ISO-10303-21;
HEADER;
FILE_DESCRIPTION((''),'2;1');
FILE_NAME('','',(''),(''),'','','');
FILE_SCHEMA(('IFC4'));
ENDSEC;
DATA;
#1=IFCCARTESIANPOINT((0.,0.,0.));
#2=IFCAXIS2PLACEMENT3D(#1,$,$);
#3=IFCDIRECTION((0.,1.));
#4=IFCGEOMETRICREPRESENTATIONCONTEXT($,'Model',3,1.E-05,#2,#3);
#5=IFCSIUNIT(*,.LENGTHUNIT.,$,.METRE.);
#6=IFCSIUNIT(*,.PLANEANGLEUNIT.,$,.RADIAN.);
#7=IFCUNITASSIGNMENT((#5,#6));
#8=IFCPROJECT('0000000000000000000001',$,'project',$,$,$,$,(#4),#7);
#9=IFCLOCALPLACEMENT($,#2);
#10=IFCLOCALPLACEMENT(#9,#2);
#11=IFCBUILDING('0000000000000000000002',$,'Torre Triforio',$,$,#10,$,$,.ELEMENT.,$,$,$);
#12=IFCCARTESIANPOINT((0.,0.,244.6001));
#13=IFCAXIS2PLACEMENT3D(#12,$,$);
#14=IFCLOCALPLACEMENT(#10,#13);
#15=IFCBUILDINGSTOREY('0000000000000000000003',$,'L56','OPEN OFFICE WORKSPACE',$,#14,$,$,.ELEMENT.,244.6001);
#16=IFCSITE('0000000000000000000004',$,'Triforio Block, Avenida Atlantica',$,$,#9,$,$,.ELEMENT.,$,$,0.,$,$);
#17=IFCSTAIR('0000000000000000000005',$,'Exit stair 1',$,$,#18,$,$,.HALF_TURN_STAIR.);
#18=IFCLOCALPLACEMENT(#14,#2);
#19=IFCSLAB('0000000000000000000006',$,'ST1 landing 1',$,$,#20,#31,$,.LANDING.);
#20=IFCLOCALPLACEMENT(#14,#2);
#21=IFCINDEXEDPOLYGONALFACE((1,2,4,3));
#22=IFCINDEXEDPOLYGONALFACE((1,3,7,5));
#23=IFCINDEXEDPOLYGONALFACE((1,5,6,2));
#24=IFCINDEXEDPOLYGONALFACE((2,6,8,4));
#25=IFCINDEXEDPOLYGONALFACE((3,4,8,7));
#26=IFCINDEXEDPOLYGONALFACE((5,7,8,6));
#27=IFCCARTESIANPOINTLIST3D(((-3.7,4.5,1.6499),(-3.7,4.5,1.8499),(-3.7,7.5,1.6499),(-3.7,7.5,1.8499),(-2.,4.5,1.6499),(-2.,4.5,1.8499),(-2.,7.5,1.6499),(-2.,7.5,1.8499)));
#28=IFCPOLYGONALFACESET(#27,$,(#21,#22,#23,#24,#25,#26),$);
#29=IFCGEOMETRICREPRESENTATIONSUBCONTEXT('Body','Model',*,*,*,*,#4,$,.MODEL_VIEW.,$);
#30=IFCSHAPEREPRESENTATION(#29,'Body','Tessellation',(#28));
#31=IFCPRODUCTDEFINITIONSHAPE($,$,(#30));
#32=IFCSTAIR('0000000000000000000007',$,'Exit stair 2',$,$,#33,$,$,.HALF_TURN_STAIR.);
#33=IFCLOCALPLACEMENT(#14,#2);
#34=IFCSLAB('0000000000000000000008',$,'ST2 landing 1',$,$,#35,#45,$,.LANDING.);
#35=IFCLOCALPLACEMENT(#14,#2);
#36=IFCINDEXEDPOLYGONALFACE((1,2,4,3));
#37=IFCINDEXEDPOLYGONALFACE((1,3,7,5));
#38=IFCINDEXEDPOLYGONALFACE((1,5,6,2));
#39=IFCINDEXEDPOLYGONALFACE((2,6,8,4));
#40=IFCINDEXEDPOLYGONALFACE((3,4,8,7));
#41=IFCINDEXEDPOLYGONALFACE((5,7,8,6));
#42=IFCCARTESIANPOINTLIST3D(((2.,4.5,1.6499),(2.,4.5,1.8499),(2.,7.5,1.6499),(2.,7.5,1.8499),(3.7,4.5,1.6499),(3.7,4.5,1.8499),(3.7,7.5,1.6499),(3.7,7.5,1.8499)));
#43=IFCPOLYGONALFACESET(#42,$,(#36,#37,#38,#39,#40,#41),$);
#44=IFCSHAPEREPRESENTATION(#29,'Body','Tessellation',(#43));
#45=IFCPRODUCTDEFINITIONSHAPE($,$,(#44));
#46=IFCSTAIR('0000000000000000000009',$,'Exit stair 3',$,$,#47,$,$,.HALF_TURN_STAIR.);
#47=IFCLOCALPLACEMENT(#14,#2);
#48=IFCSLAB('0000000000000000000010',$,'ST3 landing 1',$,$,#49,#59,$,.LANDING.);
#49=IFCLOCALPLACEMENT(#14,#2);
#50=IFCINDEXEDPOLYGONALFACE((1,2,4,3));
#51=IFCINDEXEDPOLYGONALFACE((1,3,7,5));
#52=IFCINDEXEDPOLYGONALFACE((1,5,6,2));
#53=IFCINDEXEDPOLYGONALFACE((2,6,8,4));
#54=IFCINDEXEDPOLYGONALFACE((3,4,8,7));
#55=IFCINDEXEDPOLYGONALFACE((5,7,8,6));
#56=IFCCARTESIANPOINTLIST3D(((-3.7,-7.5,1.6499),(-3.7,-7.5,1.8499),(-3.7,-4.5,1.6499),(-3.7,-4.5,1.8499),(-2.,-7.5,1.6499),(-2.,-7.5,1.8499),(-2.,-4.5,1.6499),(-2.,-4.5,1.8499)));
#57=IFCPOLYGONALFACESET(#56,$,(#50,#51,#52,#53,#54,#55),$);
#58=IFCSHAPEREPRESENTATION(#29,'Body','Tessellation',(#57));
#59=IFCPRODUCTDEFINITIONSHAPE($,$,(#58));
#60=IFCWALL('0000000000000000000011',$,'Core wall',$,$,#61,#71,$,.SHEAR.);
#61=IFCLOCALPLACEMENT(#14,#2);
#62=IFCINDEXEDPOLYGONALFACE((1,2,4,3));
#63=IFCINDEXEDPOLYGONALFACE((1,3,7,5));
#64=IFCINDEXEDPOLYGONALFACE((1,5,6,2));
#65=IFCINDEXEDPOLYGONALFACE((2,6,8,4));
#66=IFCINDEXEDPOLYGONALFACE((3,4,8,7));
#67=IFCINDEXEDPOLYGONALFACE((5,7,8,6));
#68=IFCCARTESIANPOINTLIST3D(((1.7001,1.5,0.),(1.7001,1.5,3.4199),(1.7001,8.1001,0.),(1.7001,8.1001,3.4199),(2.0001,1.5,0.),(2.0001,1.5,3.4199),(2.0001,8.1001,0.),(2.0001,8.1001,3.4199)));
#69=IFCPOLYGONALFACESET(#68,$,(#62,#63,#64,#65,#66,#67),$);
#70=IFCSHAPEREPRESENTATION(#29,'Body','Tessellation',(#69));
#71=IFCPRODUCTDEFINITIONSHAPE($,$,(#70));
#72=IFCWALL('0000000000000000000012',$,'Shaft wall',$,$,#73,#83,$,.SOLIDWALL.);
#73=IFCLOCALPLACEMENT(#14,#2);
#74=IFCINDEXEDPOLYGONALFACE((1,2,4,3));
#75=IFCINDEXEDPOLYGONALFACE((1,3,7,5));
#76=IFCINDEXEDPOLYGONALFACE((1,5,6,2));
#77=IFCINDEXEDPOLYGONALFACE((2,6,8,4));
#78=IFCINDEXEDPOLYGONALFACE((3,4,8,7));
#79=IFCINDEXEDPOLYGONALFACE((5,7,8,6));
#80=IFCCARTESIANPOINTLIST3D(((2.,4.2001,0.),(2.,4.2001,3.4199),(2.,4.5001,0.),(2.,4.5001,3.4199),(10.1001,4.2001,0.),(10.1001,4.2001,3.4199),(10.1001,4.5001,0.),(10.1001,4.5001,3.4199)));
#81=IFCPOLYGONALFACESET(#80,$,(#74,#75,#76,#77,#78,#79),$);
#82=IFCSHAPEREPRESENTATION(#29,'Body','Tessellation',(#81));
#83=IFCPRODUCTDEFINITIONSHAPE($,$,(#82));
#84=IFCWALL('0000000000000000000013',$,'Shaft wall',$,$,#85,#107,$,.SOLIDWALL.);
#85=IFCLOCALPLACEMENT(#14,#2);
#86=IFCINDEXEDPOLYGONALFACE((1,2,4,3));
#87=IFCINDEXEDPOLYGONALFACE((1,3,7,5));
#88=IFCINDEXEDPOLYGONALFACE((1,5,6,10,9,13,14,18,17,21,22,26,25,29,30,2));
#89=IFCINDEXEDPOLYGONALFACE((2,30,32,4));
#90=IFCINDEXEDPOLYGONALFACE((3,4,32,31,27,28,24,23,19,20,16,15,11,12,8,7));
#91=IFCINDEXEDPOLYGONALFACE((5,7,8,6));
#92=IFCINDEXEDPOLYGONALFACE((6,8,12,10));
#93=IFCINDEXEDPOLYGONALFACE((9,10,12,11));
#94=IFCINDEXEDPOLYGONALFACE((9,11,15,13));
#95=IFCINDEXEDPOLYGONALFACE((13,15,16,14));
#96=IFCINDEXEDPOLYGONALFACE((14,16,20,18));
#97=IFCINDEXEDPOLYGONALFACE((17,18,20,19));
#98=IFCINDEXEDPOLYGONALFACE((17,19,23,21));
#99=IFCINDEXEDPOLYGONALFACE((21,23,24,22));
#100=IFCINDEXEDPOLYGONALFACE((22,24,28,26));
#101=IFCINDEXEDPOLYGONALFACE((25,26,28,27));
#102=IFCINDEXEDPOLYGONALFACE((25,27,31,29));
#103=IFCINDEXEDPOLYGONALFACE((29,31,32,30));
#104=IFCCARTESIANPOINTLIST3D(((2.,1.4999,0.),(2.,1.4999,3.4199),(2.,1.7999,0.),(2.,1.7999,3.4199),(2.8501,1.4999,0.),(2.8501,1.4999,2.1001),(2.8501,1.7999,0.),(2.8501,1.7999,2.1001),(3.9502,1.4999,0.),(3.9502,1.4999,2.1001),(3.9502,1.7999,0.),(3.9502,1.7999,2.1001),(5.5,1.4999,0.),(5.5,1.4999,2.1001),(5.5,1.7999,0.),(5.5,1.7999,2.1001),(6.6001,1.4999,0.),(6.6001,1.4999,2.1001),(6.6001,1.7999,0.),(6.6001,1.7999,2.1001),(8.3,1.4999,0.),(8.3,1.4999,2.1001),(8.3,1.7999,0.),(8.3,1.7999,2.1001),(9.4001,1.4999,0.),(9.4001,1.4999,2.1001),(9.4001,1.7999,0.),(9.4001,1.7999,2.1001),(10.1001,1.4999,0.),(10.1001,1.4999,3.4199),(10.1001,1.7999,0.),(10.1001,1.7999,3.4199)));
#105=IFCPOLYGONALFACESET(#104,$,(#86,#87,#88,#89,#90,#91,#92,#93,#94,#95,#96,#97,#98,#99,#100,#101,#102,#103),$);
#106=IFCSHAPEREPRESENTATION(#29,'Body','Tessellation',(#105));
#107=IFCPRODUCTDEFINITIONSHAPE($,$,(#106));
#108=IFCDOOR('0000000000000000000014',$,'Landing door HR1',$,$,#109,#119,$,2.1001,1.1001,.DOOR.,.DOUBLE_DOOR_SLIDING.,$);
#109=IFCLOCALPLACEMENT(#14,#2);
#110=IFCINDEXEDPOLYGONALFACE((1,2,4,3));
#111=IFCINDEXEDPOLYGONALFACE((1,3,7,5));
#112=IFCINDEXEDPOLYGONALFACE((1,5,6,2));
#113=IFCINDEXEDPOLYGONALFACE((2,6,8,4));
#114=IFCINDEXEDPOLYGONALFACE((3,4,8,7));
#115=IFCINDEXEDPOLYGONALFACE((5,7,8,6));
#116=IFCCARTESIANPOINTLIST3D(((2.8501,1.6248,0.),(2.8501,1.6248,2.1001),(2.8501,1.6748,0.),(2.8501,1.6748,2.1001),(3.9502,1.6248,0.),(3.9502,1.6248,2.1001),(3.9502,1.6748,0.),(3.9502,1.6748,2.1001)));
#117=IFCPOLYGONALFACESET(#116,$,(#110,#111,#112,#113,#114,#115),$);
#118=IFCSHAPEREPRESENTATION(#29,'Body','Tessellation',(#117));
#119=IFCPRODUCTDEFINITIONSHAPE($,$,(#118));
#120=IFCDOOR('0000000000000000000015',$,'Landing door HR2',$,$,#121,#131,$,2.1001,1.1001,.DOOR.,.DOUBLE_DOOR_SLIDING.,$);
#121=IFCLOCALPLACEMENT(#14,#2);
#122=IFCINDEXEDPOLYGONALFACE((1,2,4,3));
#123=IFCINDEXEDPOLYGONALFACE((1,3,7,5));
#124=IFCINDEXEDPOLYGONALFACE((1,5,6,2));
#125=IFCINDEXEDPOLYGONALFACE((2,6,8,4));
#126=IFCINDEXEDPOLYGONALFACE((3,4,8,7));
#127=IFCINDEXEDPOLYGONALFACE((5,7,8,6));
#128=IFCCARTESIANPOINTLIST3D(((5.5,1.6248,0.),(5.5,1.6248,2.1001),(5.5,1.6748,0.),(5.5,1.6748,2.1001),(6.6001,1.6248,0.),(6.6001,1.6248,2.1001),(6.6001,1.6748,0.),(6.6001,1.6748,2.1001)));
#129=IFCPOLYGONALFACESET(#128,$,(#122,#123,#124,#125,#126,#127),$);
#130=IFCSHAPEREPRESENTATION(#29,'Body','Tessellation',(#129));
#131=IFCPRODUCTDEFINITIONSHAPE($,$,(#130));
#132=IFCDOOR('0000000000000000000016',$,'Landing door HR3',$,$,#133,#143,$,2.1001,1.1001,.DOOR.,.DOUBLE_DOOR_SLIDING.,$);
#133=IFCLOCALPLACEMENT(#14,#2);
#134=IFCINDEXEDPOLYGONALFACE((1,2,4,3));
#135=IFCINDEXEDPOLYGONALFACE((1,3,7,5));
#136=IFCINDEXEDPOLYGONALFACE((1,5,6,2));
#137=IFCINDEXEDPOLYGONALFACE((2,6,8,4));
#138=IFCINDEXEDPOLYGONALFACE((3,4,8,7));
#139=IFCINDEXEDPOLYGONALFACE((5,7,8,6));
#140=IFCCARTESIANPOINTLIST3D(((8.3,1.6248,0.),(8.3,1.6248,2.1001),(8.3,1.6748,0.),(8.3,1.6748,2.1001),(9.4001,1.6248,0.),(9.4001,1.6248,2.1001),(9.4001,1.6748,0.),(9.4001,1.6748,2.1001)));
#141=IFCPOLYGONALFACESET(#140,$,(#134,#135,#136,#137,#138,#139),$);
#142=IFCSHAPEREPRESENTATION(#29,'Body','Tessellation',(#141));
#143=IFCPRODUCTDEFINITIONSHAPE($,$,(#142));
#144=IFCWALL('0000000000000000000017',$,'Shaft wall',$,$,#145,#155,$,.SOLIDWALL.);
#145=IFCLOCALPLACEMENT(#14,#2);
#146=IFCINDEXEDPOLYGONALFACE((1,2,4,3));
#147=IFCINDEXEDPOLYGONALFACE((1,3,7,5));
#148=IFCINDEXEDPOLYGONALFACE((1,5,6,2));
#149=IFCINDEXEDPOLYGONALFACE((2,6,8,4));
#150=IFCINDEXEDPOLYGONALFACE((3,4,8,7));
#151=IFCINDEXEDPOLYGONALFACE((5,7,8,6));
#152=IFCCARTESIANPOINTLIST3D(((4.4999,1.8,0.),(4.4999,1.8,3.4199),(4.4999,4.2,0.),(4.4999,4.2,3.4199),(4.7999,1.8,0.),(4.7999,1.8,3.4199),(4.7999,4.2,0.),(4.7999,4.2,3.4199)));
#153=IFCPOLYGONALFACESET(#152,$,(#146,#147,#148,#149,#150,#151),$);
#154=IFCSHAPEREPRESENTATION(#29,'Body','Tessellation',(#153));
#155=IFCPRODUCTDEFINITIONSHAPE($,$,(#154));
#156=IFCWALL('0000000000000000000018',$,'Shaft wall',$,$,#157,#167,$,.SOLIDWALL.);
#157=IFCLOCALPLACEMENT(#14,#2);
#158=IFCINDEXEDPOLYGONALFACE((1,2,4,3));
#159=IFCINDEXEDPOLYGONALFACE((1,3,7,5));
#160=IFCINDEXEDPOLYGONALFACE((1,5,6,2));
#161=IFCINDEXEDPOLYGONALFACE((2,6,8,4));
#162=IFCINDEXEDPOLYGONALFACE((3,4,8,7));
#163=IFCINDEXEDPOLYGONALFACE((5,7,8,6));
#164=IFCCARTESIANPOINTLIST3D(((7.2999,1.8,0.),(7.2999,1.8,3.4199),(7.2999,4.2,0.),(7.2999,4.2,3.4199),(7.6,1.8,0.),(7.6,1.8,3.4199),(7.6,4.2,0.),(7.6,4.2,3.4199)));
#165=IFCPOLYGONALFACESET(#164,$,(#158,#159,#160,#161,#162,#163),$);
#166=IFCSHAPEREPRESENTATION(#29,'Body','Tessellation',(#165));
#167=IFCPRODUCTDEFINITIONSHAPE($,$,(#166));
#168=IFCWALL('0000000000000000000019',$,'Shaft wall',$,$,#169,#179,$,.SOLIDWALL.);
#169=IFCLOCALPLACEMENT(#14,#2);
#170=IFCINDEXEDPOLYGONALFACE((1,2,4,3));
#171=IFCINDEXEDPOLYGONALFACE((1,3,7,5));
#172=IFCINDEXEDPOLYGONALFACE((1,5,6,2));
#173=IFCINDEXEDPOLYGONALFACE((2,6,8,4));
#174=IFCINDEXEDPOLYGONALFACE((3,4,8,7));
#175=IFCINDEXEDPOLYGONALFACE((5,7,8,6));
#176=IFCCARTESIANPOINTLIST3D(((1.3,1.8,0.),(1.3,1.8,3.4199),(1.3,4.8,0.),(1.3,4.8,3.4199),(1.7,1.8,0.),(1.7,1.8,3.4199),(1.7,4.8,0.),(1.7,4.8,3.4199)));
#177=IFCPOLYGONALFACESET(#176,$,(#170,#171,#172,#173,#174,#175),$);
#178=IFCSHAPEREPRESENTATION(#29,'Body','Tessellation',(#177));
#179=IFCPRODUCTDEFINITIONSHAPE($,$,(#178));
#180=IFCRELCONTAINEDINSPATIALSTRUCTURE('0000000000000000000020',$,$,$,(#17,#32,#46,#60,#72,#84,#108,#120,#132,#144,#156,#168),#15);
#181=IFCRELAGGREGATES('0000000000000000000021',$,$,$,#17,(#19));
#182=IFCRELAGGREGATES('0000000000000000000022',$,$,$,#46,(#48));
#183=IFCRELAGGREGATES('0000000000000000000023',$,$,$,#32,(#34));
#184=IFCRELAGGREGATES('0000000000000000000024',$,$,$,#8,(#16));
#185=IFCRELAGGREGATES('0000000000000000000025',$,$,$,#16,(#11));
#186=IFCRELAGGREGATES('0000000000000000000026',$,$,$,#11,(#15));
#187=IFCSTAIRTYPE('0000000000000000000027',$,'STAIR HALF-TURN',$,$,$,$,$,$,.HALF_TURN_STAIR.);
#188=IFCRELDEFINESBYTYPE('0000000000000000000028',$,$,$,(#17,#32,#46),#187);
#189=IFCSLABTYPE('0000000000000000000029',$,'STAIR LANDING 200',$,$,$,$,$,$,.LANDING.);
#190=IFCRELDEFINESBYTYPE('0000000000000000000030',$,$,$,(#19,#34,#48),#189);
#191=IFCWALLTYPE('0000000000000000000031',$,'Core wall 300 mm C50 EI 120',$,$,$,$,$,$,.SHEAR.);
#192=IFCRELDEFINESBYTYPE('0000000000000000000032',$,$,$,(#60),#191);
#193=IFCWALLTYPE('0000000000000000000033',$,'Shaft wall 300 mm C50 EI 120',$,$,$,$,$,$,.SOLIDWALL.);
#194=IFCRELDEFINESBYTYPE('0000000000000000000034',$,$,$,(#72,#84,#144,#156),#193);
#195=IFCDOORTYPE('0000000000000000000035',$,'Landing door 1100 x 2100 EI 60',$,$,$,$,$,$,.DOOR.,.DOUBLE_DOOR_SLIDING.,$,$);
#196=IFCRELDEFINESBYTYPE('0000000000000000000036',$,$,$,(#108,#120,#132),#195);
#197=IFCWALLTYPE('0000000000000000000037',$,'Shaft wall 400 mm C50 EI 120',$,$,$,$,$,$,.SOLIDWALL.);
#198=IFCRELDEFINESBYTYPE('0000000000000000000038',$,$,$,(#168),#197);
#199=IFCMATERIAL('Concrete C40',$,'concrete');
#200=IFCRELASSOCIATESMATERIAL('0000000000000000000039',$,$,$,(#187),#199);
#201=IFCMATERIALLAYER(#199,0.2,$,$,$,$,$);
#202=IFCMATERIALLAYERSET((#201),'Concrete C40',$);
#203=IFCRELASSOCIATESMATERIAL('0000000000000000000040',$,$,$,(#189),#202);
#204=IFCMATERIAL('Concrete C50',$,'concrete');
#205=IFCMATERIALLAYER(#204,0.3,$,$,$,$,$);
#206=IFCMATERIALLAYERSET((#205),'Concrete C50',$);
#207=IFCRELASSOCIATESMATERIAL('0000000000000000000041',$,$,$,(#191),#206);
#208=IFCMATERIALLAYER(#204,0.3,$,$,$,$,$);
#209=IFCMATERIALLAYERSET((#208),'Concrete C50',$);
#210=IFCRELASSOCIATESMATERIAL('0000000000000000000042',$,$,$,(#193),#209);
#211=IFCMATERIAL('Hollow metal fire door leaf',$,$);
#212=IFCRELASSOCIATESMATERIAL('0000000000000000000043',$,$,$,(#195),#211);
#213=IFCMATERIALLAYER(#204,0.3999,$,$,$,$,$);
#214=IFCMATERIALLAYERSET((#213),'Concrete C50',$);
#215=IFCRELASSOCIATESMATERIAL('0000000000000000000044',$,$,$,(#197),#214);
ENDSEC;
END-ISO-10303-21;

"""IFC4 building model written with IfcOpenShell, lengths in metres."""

from ifc_helpers import new_model, si_unit, direction, frame, frame_2d, origin, place, context, subcontext, project, spatial, polyline, rectangle, outline, extrude, material, layer, layer_set, type_object, element, fill, aggregate, save


model = new_model("IFC4")

# Units and contexts
model_context = context("Model", 3, precision=1e-05, world=origin(), true_north=direction((0.0, 1.0)))
body_context = subcontext(model_context, "Body", "Model", "MODEL_VIEW")
ifc_project = project(units=[si_unit("LENGTHUNIT", "METRE"), si_unit("PLANEANGLEUNIT", "RADIAN")], contexts=[model_context])

# Site, building, storey
site_placement = place(None, origin())
site = spatial("IfcSite", under=ifc_project, at=site_placement, Name="Triforio Block, Avenida Atlantica", CompositionType="ELEMENT", RefElevation=0.0)
building_placement = place(site_placement, origin())
building = spatial("IfcBuilding", under=site, at=building_placement, Name="Torre Triforio", CompositionType="ELEMENT")
storey_placement = place(building_placement, frame((0.0, 0.0, 244.6001)))
storey = spatial("IfcBuildingStorey", under=building, at=storey_placement, Name="L56", Description="OPEN OFFICE WORKSPACE", CompositionType="ELEMENT", Elevation=244.6001)

# Stairs, slabs
ifc_material_1 = material(Name="Concrete C40", Category="concrete")
stair_type = type_object("IfcStairType", Name="STAIR HALF-TURN", PredefinedType="HALF_TURN_STAIR", material=ifc_material_1)
stair_1_placement = place(storey_placement, origin())
stair_1 = element("IfcStair", 1, at=stair_1_placement, inside=storey, type_object=stair_type, Name="Exit stair 1", PredefinedType="HALF_TURN_STAIR")
ifc_layer_1 = layer(ifc_material_1, 0.2)
ifc_layer_set_1 = layer_set([ifc_layer_1], Name="Concrete C40")
slab_type = type_object("IfcSlabType", Name="STAIR LANDING 200", PredefinedType="LANDING", material=ifc_layer_set_1)
slab_1_placement = place(storey_placement, frame((0.0, 0.0, 1.6499)))
slab_1 = element("IfcSlab", 2, at=slab_1_placement, type_object=slab_type, Name="ST1 landing 1", PredefinedType="LANDING", context=body_context, shape_type="SweptSolid", body=[
    extrude(outline(polyline([(-2.0, 4.5), (-2.0, 7.5), (-3.7, 7.5), (-3.7, 4.5), (-2.0, 4.5)])), origin(), (0.0, 0.0, 1.0), 0.2),
])
aggregate(stair_1, [slab_1])
stair_2_placement = place(storey_placement, origin())
stair_2 = element("IfcStair", 3, at=stair_2_placement, inside=storey, type_object=stair_type, Name="Exit stair 2", PredefinedType="HALF_TURN_STAIR")
slab_2_placement = place(storey_placement, frame((0.0, 0.0, 1.6499)))
slab_2 = element("IfcSlab", 4, at=slab_2_placement, type_object=slab_type, Name="ST2 landing 1", PredefinedType="LANDING", context=body_context, shape_type="SweptSolid", body=[
    extrude(outline(polyline([(3.7, 4.5), (3.7, 7.5), (2.0, 7.5), (2.0, 4.5), (3.7, 4.5)])), origin(), (0.0, 0.0, 1.0), 0.2),
])
stair_3_placement = place(storey_placement, origin())
stair_3 = element("IfcStair", 5, at=stair_3_placement, inside=storey, type_object=stair_type, Name="Exit stair 3", PredefinedType="HALF_TURN_STAIR")
slab_3_placement = place(storey_placement, frame((0.0, 0.0, 1.6499)))
slab_3 = element("IfcSlab", 6, at=slab_3_placement, type_object=slab_type, Name="ST3 landing 1", PredefinedType="LANDING", context=body_context, shape_type="SweptSolid", body=[
    extrude(outline(polyline([(-2.0, -7.5), (-2.0, -4.5), (-3.7, -4.5), (-3.7, -7.5), (-2.0, -7.5)])), origin(), (0.0, 0.0, 1.0), 0.2),
])
aggregate(stair_3, [slab_3])

# Walls
ifc_material_2 = material(Name="Concrete C50", Category="concrete")
ifc_layer_2 = layer(ifc_material_2, 0.3)
ifc_layer_set_2 = layer_set([ifc_layer_2], Name="Concrete C50")
wall_type_1 = type_object("IfcWallType", Name="Core wall 300 mm C50 EI 120", PredefinedType="SHEAR", material=ifc_layer_set_2)
wall_1_placement = place(storey_placement, frame((1.8501, 1.5, 0.0), z_axis=(0.0, 0.0, 1.0), x_axis=(0.0, 1.0, 0.0)))
element("IfcWall", 7, at=wall_1_placement, inside=storey, type_object=wall_type_1, Name="Core wall", PredefinedType="SHEAR", context=body_context, shape_type="SweptSolid", body=[
    extrude(rectangle(XDim=6.6001, YDim=0.3, at=frame_2d((3.3, 0.0))), origin(), (0.0, 0.0, 1.0), 3.4199),
])
ifc_layer_3 = layer(ifc_material_2, 0.3)
ifc_layer_set_3 = layer_set([ifc_layer_3], Name="Concrete C50")
wall_type_2 = type_object("IfcWallType", Name="Shaft wall 300 mm C50 EI 120", PredefinedType="SOLIDWALL", material=ifc_layer_set_3)
wall_2_placement = place(storey_placement, frame((2.0, 4.3501, 0.0), z_axis=(0.0, 0.0, 1.0), x_axis=(1.0, 0.0, 0.0)))
element("IfcWall", 8, at=wall_2_placement, inside=storey, type_object=wall_type_2, Name="Shaft wall", PredefinedType="SOLIDWALL", context=body_context, shape_type="SweptSolid", body=[
    extrude(rectangle(XDim=8.1001, YDim=0.3, at=frame_2d((4.05, 0.0))), origin(), (0.0, 0.0, 1.0), 3.4199),
])

# Wall, openings, doors
wall_3_placement = place(storey_placement, frame((2.0, 1.6499, 0.0), z_axis=(0.0, 0.0, 1.0), x_axis=(1.0, 0.0, 0.0)))
wall_3 = element("IfcWall", 9, at=wall_3_placement, inside=storey, type_object=wall_type_2, Name="Shaft wall", PredefinedType="SOLIDWALL", context=body_context, shape_type="SweptSolid", body=[
    extrude(rectangle(XDim=8.1001, YDim=0.3, at=frame_2d((4.05, 0.0))), origin(), (0.0, 0.0, 1.0), 3.4199),
])
opening_1_placement = place(wall_3_placement, frame((0.8501, 0.0, 0.0)))
opening_1 = element("IfcOpeningElement", 10, at=opening_1_placement, cuts=wall_3, PredefinedType="OPENING", context=body_context, shape_type="SweptSolid", body=[
    extrude(rectangle(XDim=1.1001, YDim=2.1001, at=frame_2d((0.55, 1.05))), frame((0.0, 0.1599, 0.0), z_axis=(0.0, -1.0, 0.0), x_axis=(1.0, 0.0, 0.0)), (0.0, 0.0, 1.0), 0.3201),
])
opening_2_placement = place(wall_3_placement, frame((3.5, 0.0, 0.0)))
opening_2 = element("IfcOpeningElement", 11, at=opening_2_placement, cuts=wall_3, PredefinedType="OPENING", context=body_context, shape_type="SweptSolid", body=[
    extrude(rectangle(XDim=1.1001, YDim=2.1001, at=frame_2d((0.55, 1.05))), frame((0.0, 0.1599, 0.0), z_axis=(0.0, -1.0, 0.0), x_axis=(1.0, 0.0, 0.0)), (0.0, 0.0, 1.0), 0.3201),
])
opening_3_placement = place(wall_3_placement, frame((6.3, 0.0, 0.0)))
opening_3 = element("IfcOpeningElement", 12, at=opening_3_placement, cuts=wall_3, PredefinedType="OPENING", context=body_context, shape_type="SweptSolid", body=[
    extrude(rectangle(XDim=1.1001, YDim=2.1001, at=frame_2d((0.55, 1.05))), frame((0.0, 0.1599, 0.0), z_axis=(0.0, -1.0, 0.0), x_axis=(1.0, 0.0, 0.0)), (0.0, 0.0, 1.0), 0.3201),
])
ifc_material_3 = material(Name="Hollow metal fire door leaf")
door_type = type_object("IfcDoorType", Name="Landing door 1100 x 2100 EI 60", OperationType="DOUBLE_DOOR_SLIDING", PredefinedType="DOOR", material=ifc_material_3)
door_1_placement = place(opening_1_placement, origin())
door_1 = element("IfcDoor", 13, at=door_1_placement, inside=storey, type_object=door_type, Name="Landing door HR1", OperationType="DOUBLE_DOOR_SLIDING", OverallHeight=2.1001, OverallWidth=1.1001, PredefinedType="DOOR", context=body_context, shape_type="SweptSolid", body=[
    extrude(rectangle(XDim=1.1001, YDim=2.1001, at=frame_2d((0.55, 1.05))), frame((0.0, 0.0249, 0.0), z_axis=(0.0, -1.0, 0.0), x_axis=(1.0, 0.0, 0.0)), (0.0, 0.0, 1.0), 0.05),
])
fill(opening_1, door_1)
door_2_placement = place(opening_2_placement, origin())
door_2 = element("IfcDoor", 14, at=door_2_placement, inside=storey, type_object=door_type, Name="Landing door HR2", OperationType="DOUBLE_DOOR_SLIDING", OverallHeight=2.1001, OverallWidth=1.1001, PredefinedType="DOOR", context=body_context, shape_type="SweptSolid", body=[
    extrude(rectangle(XDim=1.1001, YDim=2.1001, at=frame_2d((0.55, 1.05))), frame((0.0, 0.0249, 0.0), z_axis=(0.0, -1.0, 0.0), x_axis=(1.0, 0.0, 0.0)), (0.0, 0.0, 1.0), 0.05),
])
fill(opening_2, door_2)
door_3_placement = place(opening_3_placement, origin())
door_3 = element("IfcDoor", 15, at=door_3_placement, inside=storey, type_object=door_type, Name="Landing door HR3", OperationType="DOUBLE_DOOR_SLIDING", OverallHeight=2.1001, OverallWidth=1.1001, PredefinedType="DOOR", context=body_context, shape_type="SweptSolid", body=[
    extrude(rectangle(XDim=1.1001, YDim=2.1001, at=frame_2d((0.55, 1.05))), frame((0.0, 0.0249, 0.0), z_axis=(0.0, -1.0, 0.0), x_axis=(1.0, 0.0, 0.0)), (0.0, 0.0, 1.0), 0.05),
])
fill(opening_3, door_3)

# Walls
for number, where, z_axis, x_axis, name in (
    (16, (4.6499, 1.8, 0.0), (0.0, 0.0, 1.0), (0.0, 1.0, 0.0), "Shaft wall"),
    (17, (7.45, 1.8, 0.0), (0.0, 0.0, 1.0), (0.0, 1.0, 0.0), "Shaft wall"),
):
    element("IfcWall", number, at=place(storey_placement, frame(where, z_axis=z_axis, x_axis=x_axis)), inside=storey, type_object=wall_type_2, Name=name, PredefinedType="SOLIDWALL", context=body_context, shape_type="SweptSolid", body=[
        extrude(rectangle(XDim=2.3999, YDim=0.3, at=frame_2d((1.2, 0.0))), origin(), (0.0, 0.0, 1.0), 3.4199),
    ])
ifc_layer_4 = layer(ifc_material_2, 0.3999)
ifc_layer_set_4 = layer_set([ifc_layer_4], Name="Concrete C50")
wall_type_3 = type_object("IfcWallType", Name="Shaft wall 400 mm C50 EI 120", PredefinedType="SOLIDWALL", material=ifc_layer_set_4)
wall_4_placement = place(storey_placement, frame((1.5, 1.8, 0.0), z_axis=(0.0, 0.0, 1.0), x_axis=(0.0, 1.0, 0.0)))
element("IfcWall", 18, at=wall_4_placement, inside=storey, type_object=wall_type_3, Name="Shaft wall", PredefinedType="SOLIDWALL", context=body_context, shape_type="SweptSolid", body=[
    extrude(rectangle(XDim=3.0, YDim=0.3999, at=frame_2d((1.5, 0.0))), origin(), (0.0, 0.0, 1.0), 3.4199),
])

aggregate(stair_2, [slab_2])

save(model, "model.ifc")
